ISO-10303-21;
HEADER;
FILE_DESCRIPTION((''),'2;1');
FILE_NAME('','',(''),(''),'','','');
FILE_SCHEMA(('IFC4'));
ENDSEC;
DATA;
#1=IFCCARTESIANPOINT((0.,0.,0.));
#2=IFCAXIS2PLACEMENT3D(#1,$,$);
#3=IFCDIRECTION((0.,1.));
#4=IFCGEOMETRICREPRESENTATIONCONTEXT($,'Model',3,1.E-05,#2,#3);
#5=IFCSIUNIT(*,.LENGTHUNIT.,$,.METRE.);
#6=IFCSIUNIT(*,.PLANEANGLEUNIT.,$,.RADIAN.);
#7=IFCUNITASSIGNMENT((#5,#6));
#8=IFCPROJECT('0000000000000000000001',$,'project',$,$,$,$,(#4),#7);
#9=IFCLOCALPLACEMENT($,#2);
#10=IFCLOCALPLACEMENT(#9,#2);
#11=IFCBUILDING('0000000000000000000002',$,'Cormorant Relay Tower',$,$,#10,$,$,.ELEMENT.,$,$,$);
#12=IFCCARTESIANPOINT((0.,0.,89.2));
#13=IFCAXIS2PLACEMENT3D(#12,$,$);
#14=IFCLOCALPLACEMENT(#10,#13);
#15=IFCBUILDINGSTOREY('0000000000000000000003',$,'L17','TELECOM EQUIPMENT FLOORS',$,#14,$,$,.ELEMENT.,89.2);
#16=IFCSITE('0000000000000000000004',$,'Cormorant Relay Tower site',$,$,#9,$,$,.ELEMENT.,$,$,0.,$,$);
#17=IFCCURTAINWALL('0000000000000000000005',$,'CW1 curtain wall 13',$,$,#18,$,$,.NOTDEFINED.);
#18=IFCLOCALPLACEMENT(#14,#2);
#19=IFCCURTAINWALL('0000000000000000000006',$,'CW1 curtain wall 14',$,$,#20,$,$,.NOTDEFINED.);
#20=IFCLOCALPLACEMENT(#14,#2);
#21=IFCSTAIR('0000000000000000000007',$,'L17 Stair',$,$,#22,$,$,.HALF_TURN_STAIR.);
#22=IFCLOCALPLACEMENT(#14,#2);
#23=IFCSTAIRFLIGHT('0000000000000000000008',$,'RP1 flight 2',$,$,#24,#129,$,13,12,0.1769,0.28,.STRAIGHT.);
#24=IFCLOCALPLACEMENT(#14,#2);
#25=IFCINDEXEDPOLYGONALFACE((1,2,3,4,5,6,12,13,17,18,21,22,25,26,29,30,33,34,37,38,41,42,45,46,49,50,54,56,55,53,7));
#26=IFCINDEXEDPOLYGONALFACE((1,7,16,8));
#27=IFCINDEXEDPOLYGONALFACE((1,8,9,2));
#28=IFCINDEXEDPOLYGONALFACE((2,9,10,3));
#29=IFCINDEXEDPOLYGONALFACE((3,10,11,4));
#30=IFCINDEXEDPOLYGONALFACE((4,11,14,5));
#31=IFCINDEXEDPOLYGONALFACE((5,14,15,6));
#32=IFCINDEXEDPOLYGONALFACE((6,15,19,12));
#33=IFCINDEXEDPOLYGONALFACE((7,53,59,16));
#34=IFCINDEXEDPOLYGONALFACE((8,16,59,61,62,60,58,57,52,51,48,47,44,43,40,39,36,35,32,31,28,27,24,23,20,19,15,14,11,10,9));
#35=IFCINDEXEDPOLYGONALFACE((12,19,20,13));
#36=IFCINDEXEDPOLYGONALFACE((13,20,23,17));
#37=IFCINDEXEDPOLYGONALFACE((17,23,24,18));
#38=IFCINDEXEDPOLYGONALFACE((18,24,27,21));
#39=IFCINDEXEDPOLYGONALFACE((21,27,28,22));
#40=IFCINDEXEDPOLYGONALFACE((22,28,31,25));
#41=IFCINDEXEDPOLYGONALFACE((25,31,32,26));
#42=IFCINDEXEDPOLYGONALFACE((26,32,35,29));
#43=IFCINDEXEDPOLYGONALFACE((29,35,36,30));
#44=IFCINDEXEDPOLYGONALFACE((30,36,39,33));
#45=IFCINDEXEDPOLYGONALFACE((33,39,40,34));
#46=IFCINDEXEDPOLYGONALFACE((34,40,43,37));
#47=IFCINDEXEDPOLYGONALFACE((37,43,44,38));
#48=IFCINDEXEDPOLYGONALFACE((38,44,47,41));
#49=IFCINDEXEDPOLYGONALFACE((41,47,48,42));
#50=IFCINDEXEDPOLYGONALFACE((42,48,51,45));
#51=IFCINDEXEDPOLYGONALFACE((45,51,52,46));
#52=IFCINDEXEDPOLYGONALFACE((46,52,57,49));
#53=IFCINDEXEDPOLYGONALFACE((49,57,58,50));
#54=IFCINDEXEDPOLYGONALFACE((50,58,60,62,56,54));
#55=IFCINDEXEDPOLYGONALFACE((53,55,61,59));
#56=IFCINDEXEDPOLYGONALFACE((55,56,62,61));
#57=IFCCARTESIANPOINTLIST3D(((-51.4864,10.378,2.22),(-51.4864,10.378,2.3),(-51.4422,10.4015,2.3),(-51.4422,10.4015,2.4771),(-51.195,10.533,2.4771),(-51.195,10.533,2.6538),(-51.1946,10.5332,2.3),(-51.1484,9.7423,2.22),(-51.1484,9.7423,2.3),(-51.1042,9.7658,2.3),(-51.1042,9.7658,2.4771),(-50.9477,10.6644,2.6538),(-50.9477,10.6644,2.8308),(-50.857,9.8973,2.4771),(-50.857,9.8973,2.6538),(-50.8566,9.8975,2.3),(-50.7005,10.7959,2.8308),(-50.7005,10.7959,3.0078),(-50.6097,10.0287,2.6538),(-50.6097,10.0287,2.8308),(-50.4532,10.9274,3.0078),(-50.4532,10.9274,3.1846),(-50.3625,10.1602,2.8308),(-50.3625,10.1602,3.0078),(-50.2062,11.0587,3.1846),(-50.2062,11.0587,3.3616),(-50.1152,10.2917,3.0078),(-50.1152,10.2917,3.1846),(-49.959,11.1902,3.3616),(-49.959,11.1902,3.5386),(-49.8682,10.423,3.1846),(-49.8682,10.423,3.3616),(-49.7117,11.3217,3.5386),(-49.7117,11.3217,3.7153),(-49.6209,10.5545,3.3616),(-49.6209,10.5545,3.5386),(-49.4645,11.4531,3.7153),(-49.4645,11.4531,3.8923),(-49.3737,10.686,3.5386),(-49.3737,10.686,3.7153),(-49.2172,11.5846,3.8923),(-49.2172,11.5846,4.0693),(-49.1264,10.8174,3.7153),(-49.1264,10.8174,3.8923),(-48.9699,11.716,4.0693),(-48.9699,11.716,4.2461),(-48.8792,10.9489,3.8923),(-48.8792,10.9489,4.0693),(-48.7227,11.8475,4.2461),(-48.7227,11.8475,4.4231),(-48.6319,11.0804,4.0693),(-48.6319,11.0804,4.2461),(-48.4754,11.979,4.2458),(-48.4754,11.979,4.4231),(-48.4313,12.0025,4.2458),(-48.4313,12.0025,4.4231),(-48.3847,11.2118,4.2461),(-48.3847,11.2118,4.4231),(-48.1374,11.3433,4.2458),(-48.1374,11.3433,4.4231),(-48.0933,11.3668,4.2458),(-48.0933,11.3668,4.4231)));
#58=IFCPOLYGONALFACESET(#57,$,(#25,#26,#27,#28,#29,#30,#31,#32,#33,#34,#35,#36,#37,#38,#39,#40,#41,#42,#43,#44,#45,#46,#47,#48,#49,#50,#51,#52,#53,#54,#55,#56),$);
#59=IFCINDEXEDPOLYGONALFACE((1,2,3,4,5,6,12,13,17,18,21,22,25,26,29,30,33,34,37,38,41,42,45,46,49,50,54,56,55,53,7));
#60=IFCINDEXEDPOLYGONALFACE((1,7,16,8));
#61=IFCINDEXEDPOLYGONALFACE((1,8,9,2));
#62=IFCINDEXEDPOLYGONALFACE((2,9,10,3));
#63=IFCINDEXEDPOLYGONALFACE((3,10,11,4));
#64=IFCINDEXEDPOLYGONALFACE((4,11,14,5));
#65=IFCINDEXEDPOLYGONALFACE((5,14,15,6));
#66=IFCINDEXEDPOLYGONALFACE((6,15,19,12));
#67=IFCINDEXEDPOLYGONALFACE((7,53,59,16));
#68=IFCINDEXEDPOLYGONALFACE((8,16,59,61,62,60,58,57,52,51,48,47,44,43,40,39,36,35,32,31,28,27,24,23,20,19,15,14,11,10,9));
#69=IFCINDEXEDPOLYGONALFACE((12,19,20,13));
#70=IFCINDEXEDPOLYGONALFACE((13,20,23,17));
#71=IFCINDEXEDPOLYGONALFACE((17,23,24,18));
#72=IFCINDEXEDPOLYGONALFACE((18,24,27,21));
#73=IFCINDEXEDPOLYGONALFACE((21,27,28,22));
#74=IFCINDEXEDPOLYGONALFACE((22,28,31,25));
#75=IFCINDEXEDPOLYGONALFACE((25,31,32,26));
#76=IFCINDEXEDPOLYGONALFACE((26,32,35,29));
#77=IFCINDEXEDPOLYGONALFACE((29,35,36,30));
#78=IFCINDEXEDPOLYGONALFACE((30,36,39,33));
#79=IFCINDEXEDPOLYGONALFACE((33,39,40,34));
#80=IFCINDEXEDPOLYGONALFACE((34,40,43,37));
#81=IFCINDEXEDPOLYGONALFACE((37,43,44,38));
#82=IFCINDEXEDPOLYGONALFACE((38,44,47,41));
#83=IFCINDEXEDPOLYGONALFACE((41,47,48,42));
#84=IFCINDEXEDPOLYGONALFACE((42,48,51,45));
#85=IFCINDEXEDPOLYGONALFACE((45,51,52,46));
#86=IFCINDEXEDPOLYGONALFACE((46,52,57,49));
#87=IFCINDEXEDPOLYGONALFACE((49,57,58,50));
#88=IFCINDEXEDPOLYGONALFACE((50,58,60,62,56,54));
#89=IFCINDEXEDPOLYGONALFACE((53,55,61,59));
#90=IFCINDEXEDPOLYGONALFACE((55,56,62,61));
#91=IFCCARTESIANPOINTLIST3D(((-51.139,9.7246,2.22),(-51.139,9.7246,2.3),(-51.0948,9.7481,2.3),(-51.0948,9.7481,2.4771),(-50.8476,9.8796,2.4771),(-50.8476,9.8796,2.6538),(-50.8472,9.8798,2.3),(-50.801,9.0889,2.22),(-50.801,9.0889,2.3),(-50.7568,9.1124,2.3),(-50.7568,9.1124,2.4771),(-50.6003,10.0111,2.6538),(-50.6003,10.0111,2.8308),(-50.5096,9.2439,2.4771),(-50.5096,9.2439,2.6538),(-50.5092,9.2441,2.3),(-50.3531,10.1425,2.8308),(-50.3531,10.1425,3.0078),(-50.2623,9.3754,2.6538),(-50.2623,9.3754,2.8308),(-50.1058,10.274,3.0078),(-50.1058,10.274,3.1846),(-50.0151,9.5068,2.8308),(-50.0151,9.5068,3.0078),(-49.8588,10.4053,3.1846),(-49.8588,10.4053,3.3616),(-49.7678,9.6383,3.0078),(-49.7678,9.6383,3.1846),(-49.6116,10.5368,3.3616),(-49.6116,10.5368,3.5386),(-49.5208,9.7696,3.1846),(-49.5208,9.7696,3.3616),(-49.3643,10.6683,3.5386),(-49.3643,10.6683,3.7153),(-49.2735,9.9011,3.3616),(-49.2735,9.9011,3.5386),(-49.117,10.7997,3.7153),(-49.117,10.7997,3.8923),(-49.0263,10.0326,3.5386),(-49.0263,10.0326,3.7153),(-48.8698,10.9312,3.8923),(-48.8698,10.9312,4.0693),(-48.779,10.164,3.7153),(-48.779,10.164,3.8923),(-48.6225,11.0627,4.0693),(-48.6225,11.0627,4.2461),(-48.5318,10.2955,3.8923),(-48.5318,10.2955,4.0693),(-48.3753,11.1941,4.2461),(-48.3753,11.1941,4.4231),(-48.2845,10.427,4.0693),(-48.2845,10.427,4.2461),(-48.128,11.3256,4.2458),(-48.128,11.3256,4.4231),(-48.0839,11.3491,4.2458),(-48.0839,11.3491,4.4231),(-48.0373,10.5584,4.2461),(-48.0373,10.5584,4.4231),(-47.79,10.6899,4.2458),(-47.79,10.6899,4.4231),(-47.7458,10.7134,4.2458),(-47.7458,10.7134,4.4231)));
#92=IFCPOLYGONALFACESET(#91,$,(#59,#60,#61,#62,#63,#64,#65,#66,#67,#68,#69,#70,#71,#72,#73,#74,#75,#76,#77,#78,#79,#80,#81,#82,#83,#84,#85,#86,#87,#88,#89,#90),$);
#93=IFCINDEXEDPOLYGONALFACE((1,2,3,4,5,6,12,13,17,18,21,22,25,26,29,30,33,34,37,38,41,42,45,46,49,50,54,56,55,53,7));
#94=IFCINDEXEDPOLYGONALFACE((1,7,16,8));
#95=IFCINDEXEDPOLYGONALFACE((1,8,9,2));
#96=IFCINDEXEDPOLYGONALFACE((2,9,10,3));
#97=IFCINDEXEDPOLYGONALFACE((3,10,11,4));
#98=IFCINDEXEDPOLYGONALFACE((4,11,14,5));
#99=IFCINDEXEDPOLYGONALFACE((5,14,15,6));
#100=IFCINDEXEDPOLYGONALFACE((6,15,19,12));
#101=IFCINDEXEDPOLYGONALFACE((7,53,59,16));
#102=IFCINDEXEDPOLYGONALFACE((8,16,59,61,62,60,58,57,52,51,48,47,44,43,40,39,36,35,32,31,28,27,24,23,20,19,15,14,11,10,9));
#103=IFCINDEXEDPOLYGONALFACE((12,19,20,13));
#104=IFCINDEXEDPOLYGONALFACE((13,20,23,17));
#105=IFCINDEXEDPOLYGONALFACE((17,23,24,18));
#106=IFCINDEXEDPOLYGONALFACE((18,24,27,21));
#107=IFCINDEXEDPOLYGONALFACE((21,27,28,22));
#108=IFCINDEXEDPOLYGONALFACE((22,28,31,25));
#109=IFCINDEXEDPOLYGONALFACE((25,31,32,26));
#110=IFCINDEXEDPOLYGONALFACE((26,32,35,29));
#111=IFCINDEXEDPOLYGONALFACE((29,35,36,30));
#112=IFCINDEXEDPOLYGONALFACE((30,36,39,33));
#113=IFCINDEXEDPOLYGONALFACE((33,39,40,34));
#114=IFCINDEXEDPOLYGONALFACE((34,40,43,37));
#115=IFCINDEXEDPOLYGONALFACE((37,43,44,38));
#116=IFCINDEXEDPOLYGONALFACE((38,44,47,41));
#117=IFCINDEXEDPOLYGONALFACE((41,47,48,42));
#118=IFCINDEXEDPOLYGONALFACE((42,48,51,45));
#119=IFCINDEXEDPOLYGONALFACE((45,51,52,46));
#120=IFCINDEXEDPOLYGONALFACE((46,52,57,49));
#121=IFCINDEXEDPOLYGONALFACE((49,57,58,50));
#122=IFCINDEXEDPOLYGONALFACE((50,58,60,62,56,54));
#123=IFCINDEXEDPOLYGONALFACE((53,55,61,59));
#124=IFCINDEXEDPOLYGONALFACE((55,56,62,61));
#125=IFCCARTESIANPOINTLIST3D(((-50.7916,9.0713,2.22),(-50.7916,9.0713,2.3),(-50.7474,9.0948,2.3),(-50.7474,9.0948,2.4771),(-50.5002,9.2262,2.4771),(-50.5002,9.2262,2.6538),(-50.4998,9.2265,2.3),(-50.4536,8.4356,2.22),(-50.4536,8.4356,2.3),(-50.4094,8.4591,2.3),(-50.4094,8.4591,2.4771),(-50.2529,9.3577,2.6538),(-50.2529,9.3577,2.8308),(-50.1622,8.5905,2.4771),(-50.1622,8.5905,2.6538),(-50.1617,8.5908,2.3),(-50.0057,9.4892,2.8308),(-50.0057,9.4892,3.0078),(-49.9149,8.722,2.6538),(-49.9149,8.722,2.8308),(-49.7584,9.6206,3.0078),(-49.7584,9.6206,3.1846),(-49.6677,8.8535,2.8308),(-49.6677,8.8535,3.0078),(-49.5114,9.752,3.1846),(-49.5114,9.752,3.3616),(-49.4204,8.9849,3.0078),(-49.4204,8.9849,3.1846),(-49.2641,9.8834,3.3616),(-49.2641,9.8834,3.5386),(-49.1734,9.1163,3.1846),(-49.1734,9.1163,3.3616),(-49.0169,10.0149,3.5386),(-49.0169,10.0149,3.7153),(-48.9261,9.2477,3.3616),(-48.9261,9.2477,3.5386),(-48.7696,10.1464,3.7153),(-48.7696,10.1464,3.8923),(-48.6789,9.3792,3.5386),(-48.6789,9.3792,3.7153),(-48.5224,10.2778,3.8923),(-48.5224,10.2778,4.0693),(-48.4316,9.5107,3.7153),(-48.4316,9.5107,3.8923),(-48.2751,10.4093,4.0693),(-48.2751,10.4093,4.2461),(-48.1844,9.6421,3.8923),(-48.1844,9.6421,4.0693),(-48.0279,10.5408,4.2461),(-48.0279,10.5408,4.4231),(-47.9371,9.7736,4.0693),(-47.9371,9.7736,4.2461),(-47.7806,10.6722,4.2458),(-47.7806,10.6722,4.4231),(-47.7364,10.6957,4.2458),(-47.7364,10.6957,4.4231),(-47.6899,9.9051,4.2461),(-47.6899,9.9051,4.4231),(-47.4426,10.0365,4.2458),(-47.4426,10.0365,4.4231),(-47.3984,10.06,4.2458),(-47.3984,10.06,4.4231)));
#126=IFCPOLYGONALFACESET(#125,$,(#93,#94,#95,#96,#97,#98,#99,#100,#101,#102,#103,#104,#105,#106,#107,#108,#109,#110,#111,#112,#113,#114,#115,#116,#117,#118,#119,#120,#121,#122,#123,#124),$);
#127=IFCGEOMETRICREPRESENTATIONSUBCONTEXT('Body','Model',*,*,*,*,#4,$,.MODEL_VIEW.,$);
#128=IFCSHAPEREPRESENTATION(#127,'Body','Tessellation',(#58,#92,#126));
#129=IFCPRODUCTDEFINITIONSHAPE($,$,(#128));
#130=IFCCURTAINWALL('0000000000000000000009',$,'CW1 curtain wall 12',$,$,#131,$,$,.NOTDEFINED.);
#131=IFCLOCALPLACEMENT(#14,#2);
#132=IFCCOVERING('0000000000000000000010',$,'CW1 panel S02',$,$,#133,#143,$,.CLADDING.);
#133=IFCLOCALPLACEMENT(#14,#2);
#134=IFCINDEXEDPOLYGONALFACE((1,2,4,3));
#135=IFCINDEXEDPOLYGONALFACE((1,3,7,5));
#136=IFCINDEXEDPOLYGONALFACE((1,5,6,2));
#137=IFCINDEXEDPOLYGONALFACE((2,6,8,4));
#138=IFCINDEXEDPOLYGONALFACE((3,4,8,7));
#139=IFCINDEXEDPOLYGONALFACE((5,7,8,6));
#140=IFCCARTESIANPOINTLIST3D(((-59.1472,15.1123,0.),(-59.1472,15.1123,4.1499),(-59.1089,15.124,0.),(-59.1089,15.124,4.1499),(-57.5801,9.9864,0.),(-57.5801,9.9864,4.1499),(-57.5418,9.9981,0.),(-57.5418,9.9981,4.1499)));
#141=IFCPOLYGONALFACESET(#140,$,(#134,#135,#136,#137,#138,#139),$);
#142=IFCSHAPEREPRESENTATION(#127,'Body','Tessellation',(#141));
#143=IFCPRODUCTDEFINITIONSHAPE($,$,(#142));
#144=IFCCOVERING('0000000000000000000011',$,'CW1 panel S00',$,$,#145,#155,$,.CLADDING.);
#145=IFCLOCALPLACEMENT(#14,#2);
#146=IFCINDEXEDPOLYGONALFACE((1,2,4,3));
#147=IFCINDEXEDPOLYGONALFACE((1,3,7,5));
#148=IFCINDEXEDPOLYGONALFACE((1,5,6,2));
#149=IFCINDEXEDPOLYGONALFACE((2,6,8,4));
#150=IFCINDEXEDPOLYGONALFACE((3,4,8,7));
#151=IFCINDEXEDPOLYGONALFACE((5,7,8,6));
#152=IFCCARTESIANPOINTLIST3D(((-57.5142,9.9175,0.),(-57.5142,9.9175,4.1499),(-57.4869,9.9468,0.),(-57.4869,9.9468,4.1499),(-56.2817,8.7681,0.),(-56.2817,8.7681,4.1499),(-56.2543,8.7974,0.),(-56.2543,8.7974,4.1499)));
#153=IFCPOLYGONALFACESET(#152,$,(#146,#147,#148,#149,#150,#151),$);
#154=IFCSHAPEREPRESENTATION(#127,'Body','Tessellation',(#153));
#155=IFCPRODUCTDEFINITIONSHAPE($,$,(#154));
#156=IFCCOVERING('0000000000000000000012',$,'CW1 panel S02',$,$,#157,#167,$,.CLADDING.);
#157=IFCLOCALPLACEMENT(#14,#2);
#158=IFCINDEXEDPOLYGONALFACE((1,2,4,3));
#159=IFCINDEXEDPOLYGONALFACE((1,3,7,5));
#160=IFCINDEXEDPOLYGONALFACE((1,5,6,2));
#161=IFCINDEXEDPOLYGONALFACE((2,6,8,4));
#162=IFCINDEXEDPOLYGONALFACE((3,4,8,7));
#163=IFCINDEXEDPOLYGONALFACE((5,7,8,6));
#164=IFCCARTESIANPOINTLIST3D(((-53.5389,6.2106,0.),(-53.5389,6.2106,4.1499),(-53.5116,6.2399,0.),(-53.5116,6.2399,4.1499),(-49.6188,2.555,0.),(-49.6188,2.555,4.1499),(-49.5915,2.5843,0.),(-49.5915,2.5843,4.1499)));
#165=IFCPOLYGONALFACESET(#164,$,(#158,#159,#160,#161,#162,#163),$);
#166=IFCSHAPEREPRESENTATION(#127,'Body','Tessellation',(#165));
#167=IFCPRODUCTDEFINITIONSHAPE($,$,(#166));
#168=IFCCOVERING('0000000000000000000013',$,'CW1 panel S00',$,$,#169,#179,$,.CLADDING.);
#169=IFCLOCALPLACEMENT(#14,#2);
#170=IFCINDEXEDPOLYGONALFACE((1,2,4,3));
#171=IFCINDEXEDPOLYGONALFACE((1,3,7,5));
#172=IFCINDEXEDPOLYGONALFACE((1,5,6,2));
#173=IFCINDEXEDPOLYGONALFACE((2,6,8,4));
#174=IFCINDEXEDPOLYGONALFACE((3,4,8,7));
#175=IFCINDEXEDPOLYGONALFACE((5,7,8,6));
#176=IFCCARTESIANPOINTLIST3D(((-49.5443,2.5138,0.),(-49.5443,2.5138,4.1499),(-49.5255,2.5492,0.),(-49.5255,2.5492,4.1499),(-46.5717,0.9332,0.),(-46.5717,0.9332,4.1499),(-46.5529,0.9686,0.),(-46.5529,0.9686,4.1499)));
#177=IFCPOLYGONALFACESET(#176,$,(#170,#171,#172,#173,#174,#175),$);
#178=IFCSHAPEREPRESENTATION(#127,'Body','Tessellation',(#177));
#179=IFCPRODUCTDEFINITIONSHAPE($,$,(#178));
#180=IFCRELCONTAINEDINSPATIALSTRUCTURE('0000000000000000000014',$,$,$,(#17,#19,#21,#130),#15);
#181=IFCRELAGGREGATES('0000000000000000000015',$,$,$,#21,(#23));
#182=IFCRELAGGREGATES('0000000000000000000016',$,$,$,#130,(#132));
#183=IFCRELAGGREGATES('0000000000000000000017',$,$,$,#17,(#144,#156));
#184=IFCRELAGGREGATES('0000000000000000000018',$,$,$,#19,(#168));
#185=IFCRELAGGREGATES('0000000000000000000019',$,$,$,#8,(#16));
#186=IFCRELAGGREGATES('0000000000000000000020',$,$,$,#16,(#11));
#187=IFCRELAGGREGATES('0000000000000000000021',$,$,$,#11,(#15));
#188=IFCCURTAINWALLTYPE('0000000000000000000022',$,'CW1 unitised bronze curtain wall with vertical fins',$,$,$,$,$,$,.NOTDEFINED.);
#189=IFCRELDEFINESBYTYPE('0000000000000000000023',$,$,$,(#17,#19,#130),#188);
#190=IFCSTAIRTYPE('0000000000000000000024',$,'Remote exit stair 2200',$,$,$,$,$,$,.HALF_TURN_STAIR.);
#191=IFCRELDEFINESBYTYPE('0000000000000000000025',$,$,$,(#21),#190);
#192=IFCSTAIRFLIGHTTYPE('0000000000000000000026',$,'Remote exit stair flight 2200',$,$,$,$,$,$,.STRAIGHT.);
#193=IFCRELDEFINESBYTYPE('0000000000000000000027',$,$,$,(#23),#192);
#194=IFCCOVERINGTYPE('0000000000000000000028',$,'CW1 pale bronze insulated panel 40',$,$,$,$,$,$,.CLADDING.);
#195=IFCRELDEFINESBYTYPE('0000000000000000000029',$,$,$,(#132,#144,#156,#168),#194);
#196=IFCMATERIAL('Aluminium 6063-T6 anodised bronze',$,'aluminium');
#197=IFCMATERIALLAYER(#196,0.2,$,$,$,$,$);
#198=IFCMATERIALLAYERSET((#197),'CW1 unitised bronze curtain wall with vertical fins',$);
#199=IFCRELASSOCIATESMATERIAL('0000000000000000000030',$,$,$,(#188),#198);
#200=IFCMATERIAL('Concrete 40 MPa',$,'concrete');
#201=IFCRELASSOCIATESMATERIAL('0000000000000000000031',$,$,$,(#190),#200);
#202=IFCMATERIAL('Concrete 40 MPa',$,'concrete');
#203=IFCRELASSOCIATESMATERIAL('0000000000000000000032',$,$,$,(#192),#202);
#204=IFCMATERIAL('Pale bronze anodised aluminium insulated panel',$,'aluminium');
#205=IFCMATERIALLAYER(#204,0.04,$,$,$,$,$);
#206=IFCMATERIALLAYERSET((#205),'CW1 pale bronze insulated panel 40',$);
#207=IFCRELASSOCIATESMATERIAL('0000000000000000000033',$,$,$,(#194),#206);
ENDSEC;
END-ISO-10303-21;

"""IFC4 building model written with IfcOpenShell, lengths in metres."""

from ifc_helpers import new_model, si_unit, direction, frame, origin, origin_2d, place, context, subcontext, project, spatial, polyline, rectangle, outline, extrude, material, layer, layer_set, type_object, element, aggregate, save


model = new_model("IFC4")

# Units and contexts
model_context = context("Model", 3, precision=1e-05, world=origin(), true_north=direction((0.0, 1.0)))
body_context = subcontext(model_context, "Body", "Model", "MODEL_VIEW")
ifc_project = project(units=[si_unit("LENGTHUNIT", "METRE"), si_unit("PLANEANGLEUNIT", "RADIAN")], contexts=[model_context])

# Site, building, storey
site_placement = place(None, origin())
site = spatial("IfcSite", under=ifc_project, at=site_placement, Name="Cormorant Relay Tower site", CompositionType="ELEMENT", RefElevation=0.0)
building_placement = place(site_placement, origin())
building = spatial("IfcBuilding", under=site, at=building_placement, Name="Cormorant Relay Tower", CompositionType="ELEMENT")
storey_placement = place(building_placement, frame((0.0, 0.0, 89.2)))
storey = spatial("IfcBuildingStorey", under=building, at=storey_placement, Name="L17", Description="TELECOM EQUIPMENT FLOORS", CompositionType="ELEMENT", Elevation=89.2)

# Curtain walls
ifc_material_1 = material(Name="Aluminium 6063-T6 anodised bronze", Category="aluminium")
ifc_layer_1 = layer(ifc_material_1, 0.2)
ifc_layer_set_1 = layer_set([ifc_layer_1], Name="CW1 unitised bronze curtain wall with vertical fins")
curtain_wall_type = type_object("IfcCurtainWallType", Name="CW1 unitised bronze curtain wall with vertical fins", PredefinedType="NOTDEFINED", material=ifc_layer_set_1)
curtain_wall_1_placement = place(storey_placement, origin())
curtain_wall_1 = element("IfcCurtainWall", 1, at=curtain_wall_1_placement, inside=storey, type_object=curtain_wall_type, Name="CW1 curtain wall 13", PredefinedType="NOTDEFINED")
curtain_wall_2_placement = place(storey_placement, origin())
curtain_wall_2 = element("IfcCurtainWall", 2, at=curtain_wall_2_placement, inside=storey, type_object=curtain_wall_type, Name="CW1 curtain wall 14", PredefinedType="NOTDEFINED")

# Stair, stair flight
ifc_material_2 = material(Name="Concrete 40 MPa", Category="concrete")
stair_type = type_object("IfcStairType", Name="Remote exit stair 2200", PredefinedType="HALF_TURN_STAIR", material=ifc_material_2)
stair_placement = place(storey_placement, origin())
stair = element("IfcStair", 3, at=stair_placement, inside=storey, type_object=stair_type, Name="L17 Stair", PredefinedType="HALF_TURN_STAIR")
ifc_material_3 = material(Name="Concrete 40 MPa", Category="concrete")
stair_flight_type = type_object("IfcStairFlightType", Name="Remote exit stair flight 2200", PredefinedType="STRAIGHT", material=ifc_material_3)
stair_flight_1_placement = place(storey_placement, frame((-50.9258, 9.4302, 2.3), z_axis=(0.0, 0.0, 1.0), x_axis=(0.882948, 0.469472, 0.0)))
stair_flight_1 = element("IfcStairFlight", 4, at=stair_flight_1_placement, type_object=stair_flight_type, Name="RP1 flight 2", NumberOfRisers=13, NumberOfTreads=12, PredefinedType="STRAIGHT", RiserHeight=0.1769, TreadLength=0.28, context=body_context, shape_type="SweptSolid", body=[
    extrude(outline(polyline([(-0.05, -0.0801), (-0.05, 0.0), (0.0, 0.0), (0.0, 0.177), (0.28, 0.177), (0.28, 0.3538), (0.5601, 0.3538), (0.5601, 0.5308), (0.8401, 0.5308), (0.8401, 0.7078), (1.1201, 0.7078), (1.1201, 0.8845), (1.3999, 0.8845), (1.3999, 1.0615), (1.6799, 1.0615), (1.6799, 1.2385), (1.96, 1.2385), (1.96, 1.4153), (2.24, 1.4153), (2.24, 1.5923), (2.52, 1.5923), (2.52, 1.7693), (2.8, 1.7693), (2.8, 1.946), (3.0801, 1.946), (3.0801, 2.123), (3.3601, 2.123), (3.4102, 2.123), (3.4102, 1.9458), (3.3601, 1.9458), (0.2805, 0.0), (-0.05, -0.0801)])), frame((0.0, 1.1001, 0.0), z_axis=(0.0, -1.0, 0.0), x_axis=(1.0, 0.0, 0.0)), (0.0, 0.0, 1.0), 0.72),
    extrude(outline(polyline([(-0.05, -0.0801), (-0.05, 0.0), (0.0, 0.0), (0.0, 0.177), (0.28, 0.177), (0.28, 0.3538), (0.5601, 0.3538), (0.5601, 0.5308), (0.8401, 0.5308), (0.8401, 0.7078), (1.1201, 0.7078), (1.1201, 0.8845), (1.3999, 0.8845), (1.3999, 1.0615), (1.6799, 1.0615), (1.6799, 1.2385), (1.96, 1.2385), (1.96, 1.4153), (2.24, 1.4153), (2.24, 1.5923), (2.52, 1.5923), (2.52, 1.7693), (2.8, 1.7693), (2.8, 1.946), (3.0801, 1.946), (3.0801, 2.123), (3.3601, 2.123), (3.4102, 2.123), (3.4102, 1.9458), (3.3601, 1.9458), (0.2805, 0.0), (-0.05, -0.0801)])), frame((0.0, 0.3601, 0.0), z_axis=(0.0, -1.0, 0.0), x_axis=(1.0, 0.0, 0.0)), (0.0, 0.0, 1.0), 0.72),
    extrude(outline(polyline([(-0.05, -0.0801), (-0.05, 0.0), (0.0, 0.0), (0.0, 0.177), (0.28, 0.177), (0.28, 0.3538), (0.5601, 0.3538), (0.5601, 0.5308), (0.8401, 0.5308), (0.8401, 0.7078), (1.1201, 0.7078), (1.1201, 0.8845), (1.3999, 0.8845), (1.3999, 1.0615), (1.6799, 1.0615), (1.6799, 1.2385), (1.96, 1.2385), (1.96, 1.4153), (2.24, 1.4153), (2.24, 1.5923), (2.52, 1.5923), (2.52, 1.7693), (2.8, 1.7693), (2.8, 1.946), (3.0801, 1.946), (3.0801, 2.123), (3.3601, 2.123), (3.4102, 2.123), (3.4102, 1.9458), (3.3601, 1.9458), (0.2805, 0.0), (-0.05, -0.0801)])), frame((0.0, -0.3799, 0.0), z_axis=(0.0, -1.0, 0.0), x_axis=(1.0, 0.0, 0.0)), (0.0, 0.0, 1.0), 0.72),
])
aggregate(stair, [stair_flight_1])

# Curtain wall, covering
curtain_wall_3_placement = place(storey_placement, origin())
curtain_wall_3 = element("IfcCurtainWall", 5, at=curtain_wall_3_placement, inside=storey, type_object=curtain_wall_type, Name="CW1 curtain wall 12", PredefinedType="NOTDEFINED")
ifc_material_4 = material(Name="Pale bronze anodised aluminium insulated panel", Category="aluminium")
ifc_layer_2 = layer(ifc_material_4, 0.04)
ifc_layer_set_2 = layer_set([ifc_layer_2], Name="CW1 pale bronze insulated panel 40")
covering_type = type_object("IfcCoveringType", Name="CW1 pale bronze insulated panel 40", PredefinedType="CLADDING", material=ifc_layer_set_2)
covering_1_placement = place(storey_placement, frame((-58.3445, 12.5552, 0.0), z_axis=(0.0, 0.0, 1.0), x_axis=(0.292372, -0.956305, 0.0)))
covering_1 = element("IfcCovering", 6, at=covering_1_placement, type_object=covering_type, Name="CW1 panel S02", PredefinedType="CLADDING", context=body_context, shape_type="SweptSolid", body=[
    extrude(rectangle(XDim=5.3601, YDim=0.04, at=origin_2d()), origin(), (0.0, 0.0, 1.0), 4.1499),
])
aggregate(curtain_wall_3, [covering_1])

# Coverings
covering_2_placement = place(storey_placement, frame((-56.8843, 9.3574, 0.0), z_axis=(0.0, 0.0, 1.0), x_axis=(0.731354, -0.681998, 0.0)))
covering_2 = element("IfcCovering", 7, at=covering_2_placement, type_object=covering_type, Name="CW1 panel S00", PredefinedType="CLADDING", context=body_context, shape_type="SweptSolid", body=[
    extrude(rectangle(XDim=1.6853, YDim=0.04, at=origin_2d()), origin(), (0.0, 0.0, 1.0), 4.1499),
])
covering_3_placement = place(storey_placement, frame((-51.5652, 4.3975, 0.0), z_axis=(0.0, 0.0, 1.0), x_axis=(0.731354, -0.681998, 0.0)))
covering_3 = element("IfcCovering", 8, at=covering_3_placement, type_object=covering_type, Name="CW1 panel S02", PredefinedType="CLADDING", context=body_context, shape_type="SweptSolid", body=[
    extrude(rectangle(XDim=5.3601, YDim=0.04, at=origin_2d()), origin(), (0.0, 0.0, 1.0), 4.1499),
])
aggregate(curtain_wall_1, [covering_2, covering_3])
covering_4_placement = place(storey_placement, frame((-48.0486, 1.7412, 0.0), z_axis=(0.0, 0.0, 1.0), x_axis=(0.882948, -0.469472, 0.0)))
covering_4 = element("IfcCovering", 9, at=covering_4_placement, type_object=covering_type, Name="CW1 panel S00", PredefinedType="CLADDING", context=body_context, shape_type="SweptSolid", body=[
    extrude(rectangle(XDim=3.3667, YDim=0.04, at=origin_2d()), origin(), (0.0, 0.0, 1.0), 4.1499),
])
aggregate(curtain_wall_2, [covering_4])

save(model, "model.ifc")
